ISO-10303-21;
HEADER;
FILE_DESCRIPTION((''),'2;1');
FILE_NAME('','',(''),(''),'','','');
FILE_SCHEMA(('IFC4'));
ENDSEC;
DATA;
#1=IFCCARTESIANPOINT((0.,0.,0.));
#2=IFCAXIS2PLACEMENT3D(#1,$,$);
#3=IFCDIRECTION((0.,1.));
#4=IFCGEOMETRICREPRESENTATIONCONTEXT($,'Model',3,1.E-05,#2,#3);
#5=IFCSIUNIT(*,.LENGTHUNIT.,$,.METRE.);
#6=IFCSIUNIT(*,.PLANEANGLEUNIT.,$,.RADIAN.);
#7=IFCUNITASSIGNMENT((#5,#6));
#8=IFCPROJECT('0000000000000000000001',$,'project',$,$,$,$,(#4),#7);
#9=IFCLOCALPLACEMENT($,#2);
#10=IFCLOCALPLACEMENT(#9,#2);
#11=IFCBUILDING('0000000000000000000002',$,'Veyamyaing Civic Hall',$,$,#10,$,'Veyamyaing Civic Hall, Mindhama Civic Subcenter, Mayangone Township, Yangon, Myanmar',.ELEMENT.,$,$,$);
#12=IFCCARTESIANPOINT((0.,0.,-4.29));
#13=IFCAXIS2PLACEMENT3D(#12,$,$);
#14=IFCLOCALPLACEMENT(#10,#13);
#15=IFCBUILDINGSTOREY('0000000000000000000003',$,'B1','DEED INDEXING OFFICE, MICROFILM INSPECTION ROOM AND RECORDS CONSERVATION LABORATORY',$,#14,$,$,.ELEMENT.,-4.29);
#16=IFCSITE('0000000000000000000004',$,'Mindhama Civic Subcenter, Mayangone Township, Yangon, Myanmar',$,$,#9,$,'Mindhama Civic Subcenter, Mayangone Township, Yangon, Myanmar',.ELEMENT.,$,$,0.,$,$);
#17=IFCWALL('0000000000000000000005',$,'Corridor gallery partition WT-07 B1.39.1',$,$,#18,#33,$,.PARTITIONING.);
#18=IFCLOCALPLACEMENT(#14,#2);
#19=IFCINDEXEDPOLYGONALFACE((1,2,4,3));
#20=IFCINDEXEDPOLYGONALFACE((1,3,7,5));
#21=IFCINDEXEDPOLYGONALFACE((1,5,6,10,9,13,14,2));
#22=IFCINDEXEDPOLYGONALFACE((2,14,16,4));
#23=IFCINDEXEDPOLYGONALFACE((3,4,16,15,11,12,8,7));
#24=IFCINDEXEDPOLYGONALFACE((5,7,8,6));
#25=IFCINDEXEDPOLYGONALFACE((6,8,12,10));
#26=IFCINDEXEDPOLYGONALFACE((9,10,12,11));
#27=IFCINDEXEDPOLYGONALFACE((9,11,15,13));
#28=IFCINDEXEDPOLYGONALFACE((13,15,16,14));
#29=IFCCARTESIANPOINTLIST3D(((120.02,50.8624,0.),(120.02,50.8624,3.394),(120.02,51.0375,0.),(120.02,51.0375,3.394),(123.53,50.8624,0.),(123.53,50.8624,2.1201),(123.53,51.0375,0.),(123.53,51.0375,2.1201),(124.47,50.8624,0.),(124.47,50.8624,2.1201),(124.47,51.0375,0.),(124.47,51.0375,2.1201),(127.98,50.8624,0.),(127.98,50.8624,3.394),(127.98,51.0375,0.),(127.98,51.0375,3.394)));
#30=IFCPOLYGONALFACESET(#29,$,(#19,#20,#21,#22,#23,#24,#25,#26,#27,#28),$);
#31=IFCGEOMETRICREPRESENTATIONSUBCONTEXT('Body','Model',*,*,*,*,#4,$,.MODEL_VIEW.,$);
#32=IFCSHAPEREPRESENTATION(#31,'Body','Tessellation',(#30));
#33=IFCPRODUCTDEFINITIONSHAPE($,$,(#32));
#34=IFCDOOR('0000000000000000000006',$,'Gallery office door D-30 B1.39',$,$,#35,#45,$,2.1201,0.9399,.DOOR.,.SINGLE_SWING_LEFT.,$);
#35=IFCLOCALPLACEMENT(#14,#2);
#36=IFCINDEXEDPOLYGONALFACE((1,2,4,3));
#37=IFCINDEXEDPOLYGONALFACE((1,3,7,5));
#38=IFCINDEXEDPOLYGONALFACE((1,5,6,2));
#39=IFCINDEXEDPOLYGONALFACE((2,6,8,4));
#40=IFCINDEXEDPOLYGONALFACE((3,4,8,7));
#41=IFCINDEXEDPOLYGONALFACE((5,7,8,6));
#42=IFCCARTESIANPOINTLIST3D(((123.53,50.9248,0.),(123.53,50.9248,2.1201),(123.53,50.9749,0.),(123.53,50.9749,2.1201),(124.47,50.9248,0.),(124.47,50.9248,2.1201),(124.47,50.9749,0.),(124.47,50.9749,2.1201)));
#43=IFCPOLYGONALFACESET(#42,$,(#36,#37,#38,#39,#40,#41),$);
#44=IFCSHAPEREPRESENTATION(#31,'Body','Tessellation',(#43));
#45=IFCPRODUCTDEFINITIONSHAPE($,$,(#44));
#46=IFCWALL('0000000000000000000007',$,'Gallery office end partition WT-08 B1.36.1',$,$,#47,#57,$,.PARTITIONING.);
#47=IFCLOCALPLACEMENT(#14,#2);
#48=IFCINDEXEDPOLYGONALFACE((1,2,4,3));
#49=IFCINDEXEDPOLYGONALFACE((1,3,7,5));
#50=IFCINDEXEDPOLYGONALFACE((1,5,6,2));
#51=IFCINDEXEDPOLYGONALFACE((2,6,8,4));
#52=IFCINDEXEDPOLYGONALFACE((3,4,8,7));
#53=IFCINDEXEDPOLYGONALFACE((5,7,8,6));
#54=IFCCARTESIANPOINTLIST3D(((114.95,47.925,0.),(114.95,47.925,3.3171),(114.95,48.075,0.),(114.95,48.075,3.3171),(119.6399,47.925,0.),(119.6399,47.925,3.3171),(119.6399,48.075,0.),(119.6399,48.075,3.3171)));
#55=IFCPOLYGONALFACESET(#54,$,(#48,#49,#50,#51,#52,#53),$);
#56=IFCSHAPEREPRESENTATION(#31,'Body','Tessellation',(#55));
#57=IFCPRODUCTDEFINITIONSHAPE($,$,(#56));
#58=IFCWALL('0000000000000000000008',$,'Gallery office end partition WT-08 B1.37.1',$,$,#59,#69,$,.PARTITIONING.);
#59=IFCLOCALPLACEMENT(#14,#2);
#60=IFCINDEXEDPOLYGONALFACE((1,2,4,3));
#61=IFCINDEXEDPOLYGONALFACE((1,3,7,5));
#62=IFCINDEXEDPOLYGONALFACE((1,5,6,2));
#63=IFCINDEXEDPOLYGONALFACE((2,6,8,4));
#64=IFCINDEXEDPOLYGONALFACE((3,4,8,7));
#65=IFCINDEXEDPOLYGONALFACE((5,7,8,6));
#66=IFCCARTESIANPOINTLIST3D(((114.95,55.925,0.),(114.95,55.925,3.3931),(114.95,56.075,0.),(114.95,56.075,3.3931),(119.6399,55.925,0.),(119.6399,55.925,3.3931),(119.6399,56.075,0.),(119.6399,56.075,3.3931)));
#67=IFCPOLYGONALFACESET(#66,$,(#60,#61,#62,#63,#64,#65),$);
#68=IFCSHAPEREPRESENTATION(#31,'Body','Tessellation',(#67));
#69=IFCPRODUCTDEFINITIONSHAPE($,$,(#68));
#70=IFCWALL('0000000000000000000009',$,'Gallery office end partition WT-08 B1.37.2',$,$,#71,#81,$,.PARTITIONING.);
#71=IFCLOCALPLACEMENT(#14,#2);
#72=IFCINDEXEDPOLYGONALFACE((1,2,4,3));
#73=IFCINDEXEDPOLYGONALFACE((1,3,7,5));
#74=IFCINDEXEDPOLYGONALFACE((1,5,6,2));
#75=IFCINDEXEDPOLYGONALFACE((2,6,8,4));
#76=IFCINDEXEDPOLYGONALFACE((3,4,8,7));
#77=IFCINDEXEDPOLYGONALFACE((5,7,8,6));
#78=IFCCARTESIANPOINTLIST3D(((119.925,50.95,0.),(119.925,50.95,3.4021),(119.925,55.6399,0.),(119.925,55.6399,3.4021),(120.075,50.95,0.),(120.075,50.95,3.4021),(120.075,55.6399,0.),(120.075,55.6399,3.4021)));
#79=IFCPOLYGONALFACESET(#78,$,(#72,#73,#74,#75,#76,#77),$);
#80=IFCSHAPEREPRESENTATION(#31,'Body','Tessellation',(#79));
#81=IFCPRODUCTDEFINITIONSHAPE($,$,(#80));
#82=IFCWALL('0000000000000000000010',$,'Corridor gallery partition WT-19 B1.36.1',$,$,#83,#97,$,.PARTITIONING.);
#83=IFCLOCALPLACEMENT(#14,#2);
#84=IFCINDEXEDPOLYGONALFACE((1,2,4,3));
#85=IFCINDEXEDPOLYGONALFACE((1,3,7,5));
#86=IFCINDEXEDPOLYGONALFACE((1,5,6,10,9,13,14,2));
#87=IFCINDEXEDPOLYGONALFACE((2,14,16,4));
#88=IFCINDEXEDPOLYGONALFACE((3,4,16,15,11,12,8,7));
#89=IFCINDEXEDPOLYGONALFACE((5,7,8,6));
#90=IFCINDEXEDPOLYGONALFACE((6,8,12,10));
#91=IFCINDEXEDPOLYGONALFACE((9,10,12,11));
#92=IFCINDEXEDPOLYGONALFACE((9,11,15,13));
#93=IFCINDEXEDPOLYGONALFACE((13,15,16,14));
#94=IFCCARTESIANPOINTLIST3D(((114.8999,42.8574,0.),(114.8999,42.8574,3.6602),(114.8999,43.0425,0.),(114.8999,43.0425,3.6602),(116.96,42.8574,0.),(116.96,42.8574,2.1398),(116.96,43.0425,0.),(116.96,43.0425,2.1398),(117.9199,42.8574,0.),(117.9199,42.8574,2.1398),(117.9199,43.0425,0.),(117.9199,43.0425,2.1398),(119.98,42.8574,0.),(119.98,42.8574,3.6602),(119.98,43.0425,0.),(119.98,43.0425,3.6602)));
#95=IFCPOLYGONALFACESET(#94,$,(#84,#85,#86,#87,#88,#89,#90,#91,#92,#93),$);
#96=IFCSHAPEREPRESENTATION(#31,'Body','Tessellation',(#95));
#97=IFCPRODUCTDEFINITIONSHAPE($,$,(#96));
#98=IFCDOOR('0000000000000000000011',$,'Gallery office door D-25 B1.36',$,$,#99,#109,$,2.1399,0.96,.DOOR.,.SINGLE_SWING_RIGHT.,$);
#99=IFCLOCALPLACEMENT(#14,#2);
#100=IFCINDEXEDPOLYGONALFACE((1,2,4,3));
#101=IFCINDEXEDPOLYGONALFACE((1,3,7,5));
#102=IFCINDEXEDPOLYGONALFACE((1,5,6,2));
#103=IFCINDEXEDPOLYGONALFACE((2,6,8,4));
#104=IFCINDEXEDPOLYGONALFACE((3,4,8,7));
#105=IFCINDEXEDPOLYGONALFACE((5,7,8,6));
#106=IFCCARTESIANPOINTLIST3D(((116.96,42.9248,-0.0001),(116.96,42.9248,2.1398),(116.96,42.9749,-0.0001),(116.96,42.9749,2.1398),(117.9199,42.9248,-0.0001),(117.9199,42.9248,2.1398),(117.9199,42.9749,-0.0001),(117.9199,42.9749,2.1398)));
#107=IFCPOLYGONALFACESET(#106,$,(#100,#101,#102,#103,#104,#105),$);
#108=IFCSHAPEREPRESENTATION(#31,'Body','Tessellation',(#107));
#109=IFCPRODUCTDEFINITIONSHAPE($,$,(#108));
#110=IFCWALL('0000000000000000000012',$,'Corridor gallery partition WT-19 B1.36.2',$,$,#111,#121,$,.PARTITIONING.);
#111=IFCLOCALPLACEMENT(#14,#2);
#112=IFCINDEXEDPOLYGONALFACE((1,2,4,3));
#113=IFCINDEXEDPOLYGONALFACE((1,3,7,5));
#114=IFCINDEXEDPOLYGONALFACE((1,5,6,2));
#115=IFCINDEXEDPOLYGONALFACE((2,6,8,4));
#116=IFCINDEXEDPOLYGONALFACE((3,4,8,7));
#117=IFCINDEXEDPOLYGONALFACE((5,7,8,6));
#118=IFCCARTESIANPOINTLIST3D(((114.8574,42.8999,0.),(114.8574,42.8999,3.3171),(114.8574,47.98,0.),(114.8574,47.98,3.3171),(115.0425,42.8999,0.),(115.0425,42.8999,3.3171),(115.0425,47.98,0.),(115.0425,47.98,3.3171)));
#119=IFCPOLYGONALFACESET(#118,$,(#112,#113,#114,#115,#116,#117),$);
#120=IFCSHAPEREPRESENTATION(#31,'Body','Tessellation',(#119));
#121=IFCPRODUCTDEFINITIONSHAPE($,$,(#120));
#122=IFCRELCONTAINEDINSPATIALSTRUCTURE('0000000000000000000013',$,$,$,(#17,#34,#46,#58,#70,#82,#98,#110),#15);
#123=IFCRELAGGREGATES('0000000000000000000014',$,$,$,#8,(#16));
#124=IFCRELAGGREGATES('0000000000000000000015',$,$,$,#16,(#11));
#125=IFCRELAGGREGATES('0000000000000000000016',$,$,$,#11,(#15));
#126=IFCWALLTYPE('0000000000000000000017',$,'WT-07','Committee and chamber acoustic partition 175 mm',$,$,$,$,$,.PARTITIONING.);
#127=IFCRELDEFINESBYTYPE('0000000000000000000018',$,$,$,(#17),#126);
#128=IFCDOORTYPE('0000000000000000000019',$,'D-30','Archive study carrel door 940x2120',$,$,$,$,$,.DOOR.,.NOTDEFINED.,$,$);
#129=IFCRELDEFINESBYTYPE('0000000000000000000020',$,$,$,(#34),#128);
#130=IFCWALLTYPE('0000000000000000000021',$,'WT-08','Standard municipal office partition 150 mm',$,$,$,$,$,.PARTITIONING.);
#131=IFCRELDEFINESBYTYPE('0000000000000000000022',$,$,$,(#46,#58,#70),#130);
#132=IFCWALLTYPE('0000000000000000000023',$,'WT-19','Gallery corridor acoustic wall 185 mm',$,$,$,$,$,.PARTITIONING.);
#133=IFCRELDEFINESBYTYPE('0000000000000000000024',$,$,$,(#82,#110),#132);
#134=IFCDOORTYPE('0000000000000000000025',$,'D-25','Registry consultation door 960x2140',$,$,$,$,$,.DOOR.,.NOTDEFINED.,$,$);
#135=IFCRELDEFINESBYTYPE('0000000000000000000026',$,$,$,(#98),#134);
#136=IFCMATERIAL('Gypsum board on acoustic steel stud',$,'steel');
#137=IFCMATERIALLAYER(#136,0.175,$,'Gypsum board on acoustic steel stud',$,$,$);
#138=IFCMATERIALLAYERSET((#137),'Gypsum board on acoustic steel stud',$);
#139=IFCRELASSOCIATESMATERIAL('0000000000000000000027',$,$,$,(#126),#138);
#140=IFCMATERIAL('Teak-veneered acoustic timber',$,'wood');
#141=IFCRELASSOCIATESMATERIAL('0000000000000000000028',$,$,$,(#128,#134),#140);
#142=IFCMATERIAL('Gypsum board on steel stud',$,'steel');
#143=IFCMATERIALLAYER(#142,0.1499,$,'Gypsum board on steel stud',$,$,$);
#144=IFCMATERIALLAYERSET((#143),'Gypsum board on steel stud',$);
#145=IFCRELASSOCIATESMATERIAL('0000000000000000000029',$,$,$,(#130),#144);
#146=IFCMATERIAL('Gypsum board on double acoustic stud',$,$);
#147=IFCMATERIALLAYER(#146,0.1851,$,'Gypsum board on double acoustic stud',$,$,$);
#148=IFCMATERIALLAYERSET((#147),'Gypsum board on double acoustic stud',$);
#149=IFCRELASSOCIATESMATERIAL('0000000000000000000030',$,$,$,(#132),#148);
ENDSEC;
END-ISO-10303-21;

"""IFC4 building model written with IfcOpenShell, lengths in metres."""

from ifc_helpers import new_model, si_unit, direction, frame, frame_2d, origin, place, context, subcontext, project, spatial, rectangle, extrude, material, layer, layer_set, type_object, element, fill, save


model = new_model("IFC4")

# Units and contexts
model_context = context("Model", 3, precision=1e-05, world=origin(), true_north=direction((0.0, 1.0)))
body_context = subcontext(model_context, "Body", "Model", "MODEL_VIEW")
ifc_project = project(units=[si_unit("LENGTHUNIT", "METRE"), si_unit("PLANEANGLEUNIT", "RADIAN")], contexts=[model_context])

# Site, building, storey
site_placement = place(None, origin())
site = spatial("IfcSite", under=ifc_project, at=site_placement, Name="Mindhama Civic Subcenter, Mayangone Township, Yangon, Myanmar", LongName="Mindhama Civic Subcenter, Mayangone Township, Yangon, Myanmar", CompositionType="ELEMENT", RefElevation=0.0)
building_placement = place(site_placement, origin())
building = spatial("IfcBuilding", under=site, at=building_placement, Name="Veyamyaing Civic Hall", LongName="Veyamyaing Civic Hall, Mindhama Civic Subcenter, Mayangone Township, Yangon, Myanmar", CompositionType="ELEMENT")
storey_placement = place(building_placement, frame((0.0, 0.0, -4.29)))
storey = spatial("IfcBuildingStorey", under=building, at=storey_placement, Name="B1", Description="DEED INDEXING OFFICE, MICROFILM INSPECTION ROOM AND RECORDS CONSERVATION LABORATORY", CompositionType="ELEMENT", Elevation=-4.29)

# Shared definitions
ifc_material_1 = material(Name="Gypsum board on acoustic steel stud", Category="steel")
ifc_layer_1 = layer(ifc_material_1, 0.175, Name="Gypsum board on acoustic steel stud")
ifc_layer_set_1 = layer_set([ifc_layer_1], Name="Gypsum board on acoustic steel stud")
wall_type_1 = type_object("IfcWallType", Name="WT-07", Description="Committee and chamber acoustic partition 175 mm", PredefinedType="PARTITIONING", material=ifc_layer_set_1)
ifc_material_2 = material(Name="Teak-veneered acoustic timber", Category="wood")

# Wall, opening, door
wall_1_placement = place(storey_placement, frame((120.02, 50.95, 0.0), z_axis=(0.0, 0.0, 1.0), x_axis=(1.0, 0.0, 0.0)))
wall_1 = element("IfcWall", 1, at=wall_1_placement, inside=storey, type_object=wall_type_1, Name="Corridor gallery partition WT-07 B1.39.1", PredefinedType="PARTITIONING", context=body_context, shape_type="SweptSolid", body=[
    extrude(rectangle(XDim=7.96, YDim=0.175, at=frame_2d((3.98, 0.0))), origin(), (0.0, 0.0, 1.0), 3.394),
])
opening_1_placement = place(wall_1_placement, frame((3.51, 0.0, 0.0)))
opening_1 = element("IfcOpeningElement", 2, at=opening_1_placement, cuts=wall_1, PredefinedType="OPENING", context=body_context, shape_type="SweptSolid", body=[
    extrude(rectangle(XDim=0.9399, YDim=2.1201, at=frame_2d((0.47, 1.0601))), frame((0.0, 0.0974, 0.0), z_axis=(0.0, -1.0, 0.0), x_axis=(1.0, 0.0, 0.0)), (0.0, 0.0, 1.0), 0.1951),
])
door_type_1 = type_object("IfcDoorType", Name="D-30", Description="Archive study carrel door 940x2120", OperationType="NOTDEFINED", PredefinedType="DOOR", material=ifc_material_2)
door_1_placement = place(opening_1_placement, origin())
door_1 = element("IfcDoor", 3, at=door_1_placement, inside=storey, type_object=door_type_1, Name="Gallery office door D-30 B1.39", OperationType="SINGLE_SWING_LEFT", OverallHeight=2.1201, OverallWidth=0.9399, PredefinedType="DOOR", context=body_context, shape_type="SweptSolid", body=[
    extrude(rectangle(XDim=0.9399, YDim=2.1201, at=frame_2d((0.47, 1.0601))), frame((0.0, 0.0249, 0.0), z_axis=(0.0, -1.0, 0.0), x_axis=(1.0, 0.0, 0.0)), (0.0, 0.0, 1.0), 0.05),
])
fill(opening_1, door_1)

# Walls
ifc_material_3 = material(Name="Gypsum board on steel stud", Category="steel")
ifc_layer_2 = layer(ifc_material_3, 0.1499, Name="Gypsum board on steel stud")
ifc_layer_set_2 = layer_set([ifc_layer_2], Name="Gypsum board on steel stud")
wall_type_2 = type_object("IfcWallType", Name="WT-08", Description="Standard municipal office partition 150 mm", PredefinedType="PARTITIONING", material=ifc_layer_set_2)
wall_2_placement = place(storey_placement, frame((114.95, 48.0, 0.0), z_axis=(0.0, 0.0, 1.0), x_axis=(1.0, 0.0, 0.0)))
element("IfcWall", 4, at=wall_2_placement, inside=storey, type_object=wall_type_2, Name="Gallery office end partition WT-08 B1.36.1", PredefinedType="PARTITIONING", context=body_context, shape_type="SweptSolid", body=[
    extrude(rectangle(XDim=4.6899, YDim=0.1499, at=frame_2d((2.345, 0.0))), origin(), (0.0, 0.0, 1.0), 3.3171),
])
wall_3_placement = place(storey_placement, frame((114.95, 56.0, 0.0), z_axis=(0.0, 0.0, 1.0), x_axis=(1.0, 0.0, 0.0)))
element("IfcWall", 5, at=wall_3_placement, inside=storey, type_object=wall_type_2, Name="Gallery office end partition WT-08 B1.37.1", PredefinedType="PARTITIONING", context=body_context, shape_type="SweptSolid", body=[
    extrude(rectangle(XDim=4.6899, YDim=0.1499, at=frame_2d((2.345, 0.0))), origin(), (0.0, 0.0, 1.0), 3.3931),
])
wall_4_placement = place(storey_placement, frame((120.0, 50.95, 0.0), z_axis=(0.0, 0.0, 1.0), x_axis=(0.0, 1.0, 0.0)))
element("IfcWall", 6, at=wall_4_placement, inside=storey, type_object=wall_type_2, Name="Gallery office end partition WT-08 B1.37.2", PredefinedType="PARTITIONING", context=body_context, shape_type="SweptSolid", body=[
    extrude(rectangle(XDim=4.6899, YDim=0.1499, at=frame_2d((2.345, 0.0))), origin(), (0.0, 0.0, 1.0), 3.4021),
])

# Wall, opening, door
ifc_material_4 = material(Name="Gypsum board on double acoustic stud")
ifc_layer_3 = layer(ifc_material_4, 0.1851, Name="Gypsum board on double acoustic stud")
ifc_layer_set_3 = layer_set([ifc_layer_3], Name="Gypsum board on double acoustic stud")
wall_type_3 = type_object("IfcWallType", Name="WT-19", Description="Gallery corridor acoustic wall 185 mm", PredefinedType="PARTITIONING", material=ifc_layer_set_3)
wall_5_placement = place(storey_placement, frame((114.8999, 42.95, 0.0), z_axis=(0.0, 0.0, 1.0), x_axis=(1.0, 0.0, 0.0)))
wall_5 = element("IfcWall", 7, at=wall_5_placement, inside=storey, type_object=wall_type_3, Name="Corridor gallery partition WT-19 B1.36.1", PredefinedType="PARTITIONING", context=body_context, shape_type="SweptSolid", body=[
    extrude(rectangle(XDim=5.0801, YDim=0.1851, at=frame_2d((2.54, 0.0))), origin(), (0.0, 0.0, 1.0), 3.6602),
])
opening_2_placement = place(wall_5_placement, frame((2.0601, 0.0, 0.0)))
opening_2 = element("IfcOpeningElement", 8, at=opening_2_placement, cuts=wall_5, PredefinedType="OPENING", context=body_context, shape_type="SweptSolid", body=[
    extrude(rectangle(XDim=0.96, YDim=2.1399, at=frame_2d((0.48, 1.0698))), frame((0.0, 0.1025, 0.0), z_axis=(0.0, -1.0, 0.0), x_axis=(1.0, 0.0, 0.0)), (0.0, 0.0, 1.0), 0.2051),
])
door_type_2 = type_object("IfcDoorType", Name="D-25", Description="Registry consultation door 960x2140", OperationType="NOTDEFINED", PredefinedType="DOOR", material=ifc_material_2)
door_2_placement = place(opening_2_placement, origin())
door_2 = element("IfcDoor", 9, at=door_2_placement, inside=storey, type_object=door_type_2, Name="Gallery office door D-25 B1.36", OperationType="SINGLE_SWING_RIGHT", OverallHeight=2.1399, OverallWidth=0.96, PredefinedType="DOOR", context=body_context, shape_type="SweptSolid", body=[
    extrude(rectangle(XDim=0.96, YDim=2.1399, at=frame_2d((0.48, 1.0698))), frame((0.0, 0.0249, 0.0), z_axis=(0.0, -1.0, 0.0), x_axis=(1.0, 0.0, 0.0)), (0.0, 0.0, 1.0), 0.05),
])
fill(opening_2, door_2)

# Wall
wall_6_placement = place(storey_placement, frame((114.95, 42.8999, 0.0), z_axis=(0.0, 0.0, 1.0), x_axis=(0.0, 1.0, 0.0)))
element("IfcWall", 10, at=wall_6_placement, inside=storey, type_object=wall_type_3, Name="Corridor gallery partition WT-19 B1.36.2", PredefinedType="PARTITIONING", context=body_context, shape_type="SweptSolid", body=[
    extrude(rectangle(XDim=5.0801, YDim=0.1851, at=frame_2d((2.54, 0.0))), origin(), (0.0, 0.0, 1.0), 3.3171),
])

save(model, "model.ifc")
